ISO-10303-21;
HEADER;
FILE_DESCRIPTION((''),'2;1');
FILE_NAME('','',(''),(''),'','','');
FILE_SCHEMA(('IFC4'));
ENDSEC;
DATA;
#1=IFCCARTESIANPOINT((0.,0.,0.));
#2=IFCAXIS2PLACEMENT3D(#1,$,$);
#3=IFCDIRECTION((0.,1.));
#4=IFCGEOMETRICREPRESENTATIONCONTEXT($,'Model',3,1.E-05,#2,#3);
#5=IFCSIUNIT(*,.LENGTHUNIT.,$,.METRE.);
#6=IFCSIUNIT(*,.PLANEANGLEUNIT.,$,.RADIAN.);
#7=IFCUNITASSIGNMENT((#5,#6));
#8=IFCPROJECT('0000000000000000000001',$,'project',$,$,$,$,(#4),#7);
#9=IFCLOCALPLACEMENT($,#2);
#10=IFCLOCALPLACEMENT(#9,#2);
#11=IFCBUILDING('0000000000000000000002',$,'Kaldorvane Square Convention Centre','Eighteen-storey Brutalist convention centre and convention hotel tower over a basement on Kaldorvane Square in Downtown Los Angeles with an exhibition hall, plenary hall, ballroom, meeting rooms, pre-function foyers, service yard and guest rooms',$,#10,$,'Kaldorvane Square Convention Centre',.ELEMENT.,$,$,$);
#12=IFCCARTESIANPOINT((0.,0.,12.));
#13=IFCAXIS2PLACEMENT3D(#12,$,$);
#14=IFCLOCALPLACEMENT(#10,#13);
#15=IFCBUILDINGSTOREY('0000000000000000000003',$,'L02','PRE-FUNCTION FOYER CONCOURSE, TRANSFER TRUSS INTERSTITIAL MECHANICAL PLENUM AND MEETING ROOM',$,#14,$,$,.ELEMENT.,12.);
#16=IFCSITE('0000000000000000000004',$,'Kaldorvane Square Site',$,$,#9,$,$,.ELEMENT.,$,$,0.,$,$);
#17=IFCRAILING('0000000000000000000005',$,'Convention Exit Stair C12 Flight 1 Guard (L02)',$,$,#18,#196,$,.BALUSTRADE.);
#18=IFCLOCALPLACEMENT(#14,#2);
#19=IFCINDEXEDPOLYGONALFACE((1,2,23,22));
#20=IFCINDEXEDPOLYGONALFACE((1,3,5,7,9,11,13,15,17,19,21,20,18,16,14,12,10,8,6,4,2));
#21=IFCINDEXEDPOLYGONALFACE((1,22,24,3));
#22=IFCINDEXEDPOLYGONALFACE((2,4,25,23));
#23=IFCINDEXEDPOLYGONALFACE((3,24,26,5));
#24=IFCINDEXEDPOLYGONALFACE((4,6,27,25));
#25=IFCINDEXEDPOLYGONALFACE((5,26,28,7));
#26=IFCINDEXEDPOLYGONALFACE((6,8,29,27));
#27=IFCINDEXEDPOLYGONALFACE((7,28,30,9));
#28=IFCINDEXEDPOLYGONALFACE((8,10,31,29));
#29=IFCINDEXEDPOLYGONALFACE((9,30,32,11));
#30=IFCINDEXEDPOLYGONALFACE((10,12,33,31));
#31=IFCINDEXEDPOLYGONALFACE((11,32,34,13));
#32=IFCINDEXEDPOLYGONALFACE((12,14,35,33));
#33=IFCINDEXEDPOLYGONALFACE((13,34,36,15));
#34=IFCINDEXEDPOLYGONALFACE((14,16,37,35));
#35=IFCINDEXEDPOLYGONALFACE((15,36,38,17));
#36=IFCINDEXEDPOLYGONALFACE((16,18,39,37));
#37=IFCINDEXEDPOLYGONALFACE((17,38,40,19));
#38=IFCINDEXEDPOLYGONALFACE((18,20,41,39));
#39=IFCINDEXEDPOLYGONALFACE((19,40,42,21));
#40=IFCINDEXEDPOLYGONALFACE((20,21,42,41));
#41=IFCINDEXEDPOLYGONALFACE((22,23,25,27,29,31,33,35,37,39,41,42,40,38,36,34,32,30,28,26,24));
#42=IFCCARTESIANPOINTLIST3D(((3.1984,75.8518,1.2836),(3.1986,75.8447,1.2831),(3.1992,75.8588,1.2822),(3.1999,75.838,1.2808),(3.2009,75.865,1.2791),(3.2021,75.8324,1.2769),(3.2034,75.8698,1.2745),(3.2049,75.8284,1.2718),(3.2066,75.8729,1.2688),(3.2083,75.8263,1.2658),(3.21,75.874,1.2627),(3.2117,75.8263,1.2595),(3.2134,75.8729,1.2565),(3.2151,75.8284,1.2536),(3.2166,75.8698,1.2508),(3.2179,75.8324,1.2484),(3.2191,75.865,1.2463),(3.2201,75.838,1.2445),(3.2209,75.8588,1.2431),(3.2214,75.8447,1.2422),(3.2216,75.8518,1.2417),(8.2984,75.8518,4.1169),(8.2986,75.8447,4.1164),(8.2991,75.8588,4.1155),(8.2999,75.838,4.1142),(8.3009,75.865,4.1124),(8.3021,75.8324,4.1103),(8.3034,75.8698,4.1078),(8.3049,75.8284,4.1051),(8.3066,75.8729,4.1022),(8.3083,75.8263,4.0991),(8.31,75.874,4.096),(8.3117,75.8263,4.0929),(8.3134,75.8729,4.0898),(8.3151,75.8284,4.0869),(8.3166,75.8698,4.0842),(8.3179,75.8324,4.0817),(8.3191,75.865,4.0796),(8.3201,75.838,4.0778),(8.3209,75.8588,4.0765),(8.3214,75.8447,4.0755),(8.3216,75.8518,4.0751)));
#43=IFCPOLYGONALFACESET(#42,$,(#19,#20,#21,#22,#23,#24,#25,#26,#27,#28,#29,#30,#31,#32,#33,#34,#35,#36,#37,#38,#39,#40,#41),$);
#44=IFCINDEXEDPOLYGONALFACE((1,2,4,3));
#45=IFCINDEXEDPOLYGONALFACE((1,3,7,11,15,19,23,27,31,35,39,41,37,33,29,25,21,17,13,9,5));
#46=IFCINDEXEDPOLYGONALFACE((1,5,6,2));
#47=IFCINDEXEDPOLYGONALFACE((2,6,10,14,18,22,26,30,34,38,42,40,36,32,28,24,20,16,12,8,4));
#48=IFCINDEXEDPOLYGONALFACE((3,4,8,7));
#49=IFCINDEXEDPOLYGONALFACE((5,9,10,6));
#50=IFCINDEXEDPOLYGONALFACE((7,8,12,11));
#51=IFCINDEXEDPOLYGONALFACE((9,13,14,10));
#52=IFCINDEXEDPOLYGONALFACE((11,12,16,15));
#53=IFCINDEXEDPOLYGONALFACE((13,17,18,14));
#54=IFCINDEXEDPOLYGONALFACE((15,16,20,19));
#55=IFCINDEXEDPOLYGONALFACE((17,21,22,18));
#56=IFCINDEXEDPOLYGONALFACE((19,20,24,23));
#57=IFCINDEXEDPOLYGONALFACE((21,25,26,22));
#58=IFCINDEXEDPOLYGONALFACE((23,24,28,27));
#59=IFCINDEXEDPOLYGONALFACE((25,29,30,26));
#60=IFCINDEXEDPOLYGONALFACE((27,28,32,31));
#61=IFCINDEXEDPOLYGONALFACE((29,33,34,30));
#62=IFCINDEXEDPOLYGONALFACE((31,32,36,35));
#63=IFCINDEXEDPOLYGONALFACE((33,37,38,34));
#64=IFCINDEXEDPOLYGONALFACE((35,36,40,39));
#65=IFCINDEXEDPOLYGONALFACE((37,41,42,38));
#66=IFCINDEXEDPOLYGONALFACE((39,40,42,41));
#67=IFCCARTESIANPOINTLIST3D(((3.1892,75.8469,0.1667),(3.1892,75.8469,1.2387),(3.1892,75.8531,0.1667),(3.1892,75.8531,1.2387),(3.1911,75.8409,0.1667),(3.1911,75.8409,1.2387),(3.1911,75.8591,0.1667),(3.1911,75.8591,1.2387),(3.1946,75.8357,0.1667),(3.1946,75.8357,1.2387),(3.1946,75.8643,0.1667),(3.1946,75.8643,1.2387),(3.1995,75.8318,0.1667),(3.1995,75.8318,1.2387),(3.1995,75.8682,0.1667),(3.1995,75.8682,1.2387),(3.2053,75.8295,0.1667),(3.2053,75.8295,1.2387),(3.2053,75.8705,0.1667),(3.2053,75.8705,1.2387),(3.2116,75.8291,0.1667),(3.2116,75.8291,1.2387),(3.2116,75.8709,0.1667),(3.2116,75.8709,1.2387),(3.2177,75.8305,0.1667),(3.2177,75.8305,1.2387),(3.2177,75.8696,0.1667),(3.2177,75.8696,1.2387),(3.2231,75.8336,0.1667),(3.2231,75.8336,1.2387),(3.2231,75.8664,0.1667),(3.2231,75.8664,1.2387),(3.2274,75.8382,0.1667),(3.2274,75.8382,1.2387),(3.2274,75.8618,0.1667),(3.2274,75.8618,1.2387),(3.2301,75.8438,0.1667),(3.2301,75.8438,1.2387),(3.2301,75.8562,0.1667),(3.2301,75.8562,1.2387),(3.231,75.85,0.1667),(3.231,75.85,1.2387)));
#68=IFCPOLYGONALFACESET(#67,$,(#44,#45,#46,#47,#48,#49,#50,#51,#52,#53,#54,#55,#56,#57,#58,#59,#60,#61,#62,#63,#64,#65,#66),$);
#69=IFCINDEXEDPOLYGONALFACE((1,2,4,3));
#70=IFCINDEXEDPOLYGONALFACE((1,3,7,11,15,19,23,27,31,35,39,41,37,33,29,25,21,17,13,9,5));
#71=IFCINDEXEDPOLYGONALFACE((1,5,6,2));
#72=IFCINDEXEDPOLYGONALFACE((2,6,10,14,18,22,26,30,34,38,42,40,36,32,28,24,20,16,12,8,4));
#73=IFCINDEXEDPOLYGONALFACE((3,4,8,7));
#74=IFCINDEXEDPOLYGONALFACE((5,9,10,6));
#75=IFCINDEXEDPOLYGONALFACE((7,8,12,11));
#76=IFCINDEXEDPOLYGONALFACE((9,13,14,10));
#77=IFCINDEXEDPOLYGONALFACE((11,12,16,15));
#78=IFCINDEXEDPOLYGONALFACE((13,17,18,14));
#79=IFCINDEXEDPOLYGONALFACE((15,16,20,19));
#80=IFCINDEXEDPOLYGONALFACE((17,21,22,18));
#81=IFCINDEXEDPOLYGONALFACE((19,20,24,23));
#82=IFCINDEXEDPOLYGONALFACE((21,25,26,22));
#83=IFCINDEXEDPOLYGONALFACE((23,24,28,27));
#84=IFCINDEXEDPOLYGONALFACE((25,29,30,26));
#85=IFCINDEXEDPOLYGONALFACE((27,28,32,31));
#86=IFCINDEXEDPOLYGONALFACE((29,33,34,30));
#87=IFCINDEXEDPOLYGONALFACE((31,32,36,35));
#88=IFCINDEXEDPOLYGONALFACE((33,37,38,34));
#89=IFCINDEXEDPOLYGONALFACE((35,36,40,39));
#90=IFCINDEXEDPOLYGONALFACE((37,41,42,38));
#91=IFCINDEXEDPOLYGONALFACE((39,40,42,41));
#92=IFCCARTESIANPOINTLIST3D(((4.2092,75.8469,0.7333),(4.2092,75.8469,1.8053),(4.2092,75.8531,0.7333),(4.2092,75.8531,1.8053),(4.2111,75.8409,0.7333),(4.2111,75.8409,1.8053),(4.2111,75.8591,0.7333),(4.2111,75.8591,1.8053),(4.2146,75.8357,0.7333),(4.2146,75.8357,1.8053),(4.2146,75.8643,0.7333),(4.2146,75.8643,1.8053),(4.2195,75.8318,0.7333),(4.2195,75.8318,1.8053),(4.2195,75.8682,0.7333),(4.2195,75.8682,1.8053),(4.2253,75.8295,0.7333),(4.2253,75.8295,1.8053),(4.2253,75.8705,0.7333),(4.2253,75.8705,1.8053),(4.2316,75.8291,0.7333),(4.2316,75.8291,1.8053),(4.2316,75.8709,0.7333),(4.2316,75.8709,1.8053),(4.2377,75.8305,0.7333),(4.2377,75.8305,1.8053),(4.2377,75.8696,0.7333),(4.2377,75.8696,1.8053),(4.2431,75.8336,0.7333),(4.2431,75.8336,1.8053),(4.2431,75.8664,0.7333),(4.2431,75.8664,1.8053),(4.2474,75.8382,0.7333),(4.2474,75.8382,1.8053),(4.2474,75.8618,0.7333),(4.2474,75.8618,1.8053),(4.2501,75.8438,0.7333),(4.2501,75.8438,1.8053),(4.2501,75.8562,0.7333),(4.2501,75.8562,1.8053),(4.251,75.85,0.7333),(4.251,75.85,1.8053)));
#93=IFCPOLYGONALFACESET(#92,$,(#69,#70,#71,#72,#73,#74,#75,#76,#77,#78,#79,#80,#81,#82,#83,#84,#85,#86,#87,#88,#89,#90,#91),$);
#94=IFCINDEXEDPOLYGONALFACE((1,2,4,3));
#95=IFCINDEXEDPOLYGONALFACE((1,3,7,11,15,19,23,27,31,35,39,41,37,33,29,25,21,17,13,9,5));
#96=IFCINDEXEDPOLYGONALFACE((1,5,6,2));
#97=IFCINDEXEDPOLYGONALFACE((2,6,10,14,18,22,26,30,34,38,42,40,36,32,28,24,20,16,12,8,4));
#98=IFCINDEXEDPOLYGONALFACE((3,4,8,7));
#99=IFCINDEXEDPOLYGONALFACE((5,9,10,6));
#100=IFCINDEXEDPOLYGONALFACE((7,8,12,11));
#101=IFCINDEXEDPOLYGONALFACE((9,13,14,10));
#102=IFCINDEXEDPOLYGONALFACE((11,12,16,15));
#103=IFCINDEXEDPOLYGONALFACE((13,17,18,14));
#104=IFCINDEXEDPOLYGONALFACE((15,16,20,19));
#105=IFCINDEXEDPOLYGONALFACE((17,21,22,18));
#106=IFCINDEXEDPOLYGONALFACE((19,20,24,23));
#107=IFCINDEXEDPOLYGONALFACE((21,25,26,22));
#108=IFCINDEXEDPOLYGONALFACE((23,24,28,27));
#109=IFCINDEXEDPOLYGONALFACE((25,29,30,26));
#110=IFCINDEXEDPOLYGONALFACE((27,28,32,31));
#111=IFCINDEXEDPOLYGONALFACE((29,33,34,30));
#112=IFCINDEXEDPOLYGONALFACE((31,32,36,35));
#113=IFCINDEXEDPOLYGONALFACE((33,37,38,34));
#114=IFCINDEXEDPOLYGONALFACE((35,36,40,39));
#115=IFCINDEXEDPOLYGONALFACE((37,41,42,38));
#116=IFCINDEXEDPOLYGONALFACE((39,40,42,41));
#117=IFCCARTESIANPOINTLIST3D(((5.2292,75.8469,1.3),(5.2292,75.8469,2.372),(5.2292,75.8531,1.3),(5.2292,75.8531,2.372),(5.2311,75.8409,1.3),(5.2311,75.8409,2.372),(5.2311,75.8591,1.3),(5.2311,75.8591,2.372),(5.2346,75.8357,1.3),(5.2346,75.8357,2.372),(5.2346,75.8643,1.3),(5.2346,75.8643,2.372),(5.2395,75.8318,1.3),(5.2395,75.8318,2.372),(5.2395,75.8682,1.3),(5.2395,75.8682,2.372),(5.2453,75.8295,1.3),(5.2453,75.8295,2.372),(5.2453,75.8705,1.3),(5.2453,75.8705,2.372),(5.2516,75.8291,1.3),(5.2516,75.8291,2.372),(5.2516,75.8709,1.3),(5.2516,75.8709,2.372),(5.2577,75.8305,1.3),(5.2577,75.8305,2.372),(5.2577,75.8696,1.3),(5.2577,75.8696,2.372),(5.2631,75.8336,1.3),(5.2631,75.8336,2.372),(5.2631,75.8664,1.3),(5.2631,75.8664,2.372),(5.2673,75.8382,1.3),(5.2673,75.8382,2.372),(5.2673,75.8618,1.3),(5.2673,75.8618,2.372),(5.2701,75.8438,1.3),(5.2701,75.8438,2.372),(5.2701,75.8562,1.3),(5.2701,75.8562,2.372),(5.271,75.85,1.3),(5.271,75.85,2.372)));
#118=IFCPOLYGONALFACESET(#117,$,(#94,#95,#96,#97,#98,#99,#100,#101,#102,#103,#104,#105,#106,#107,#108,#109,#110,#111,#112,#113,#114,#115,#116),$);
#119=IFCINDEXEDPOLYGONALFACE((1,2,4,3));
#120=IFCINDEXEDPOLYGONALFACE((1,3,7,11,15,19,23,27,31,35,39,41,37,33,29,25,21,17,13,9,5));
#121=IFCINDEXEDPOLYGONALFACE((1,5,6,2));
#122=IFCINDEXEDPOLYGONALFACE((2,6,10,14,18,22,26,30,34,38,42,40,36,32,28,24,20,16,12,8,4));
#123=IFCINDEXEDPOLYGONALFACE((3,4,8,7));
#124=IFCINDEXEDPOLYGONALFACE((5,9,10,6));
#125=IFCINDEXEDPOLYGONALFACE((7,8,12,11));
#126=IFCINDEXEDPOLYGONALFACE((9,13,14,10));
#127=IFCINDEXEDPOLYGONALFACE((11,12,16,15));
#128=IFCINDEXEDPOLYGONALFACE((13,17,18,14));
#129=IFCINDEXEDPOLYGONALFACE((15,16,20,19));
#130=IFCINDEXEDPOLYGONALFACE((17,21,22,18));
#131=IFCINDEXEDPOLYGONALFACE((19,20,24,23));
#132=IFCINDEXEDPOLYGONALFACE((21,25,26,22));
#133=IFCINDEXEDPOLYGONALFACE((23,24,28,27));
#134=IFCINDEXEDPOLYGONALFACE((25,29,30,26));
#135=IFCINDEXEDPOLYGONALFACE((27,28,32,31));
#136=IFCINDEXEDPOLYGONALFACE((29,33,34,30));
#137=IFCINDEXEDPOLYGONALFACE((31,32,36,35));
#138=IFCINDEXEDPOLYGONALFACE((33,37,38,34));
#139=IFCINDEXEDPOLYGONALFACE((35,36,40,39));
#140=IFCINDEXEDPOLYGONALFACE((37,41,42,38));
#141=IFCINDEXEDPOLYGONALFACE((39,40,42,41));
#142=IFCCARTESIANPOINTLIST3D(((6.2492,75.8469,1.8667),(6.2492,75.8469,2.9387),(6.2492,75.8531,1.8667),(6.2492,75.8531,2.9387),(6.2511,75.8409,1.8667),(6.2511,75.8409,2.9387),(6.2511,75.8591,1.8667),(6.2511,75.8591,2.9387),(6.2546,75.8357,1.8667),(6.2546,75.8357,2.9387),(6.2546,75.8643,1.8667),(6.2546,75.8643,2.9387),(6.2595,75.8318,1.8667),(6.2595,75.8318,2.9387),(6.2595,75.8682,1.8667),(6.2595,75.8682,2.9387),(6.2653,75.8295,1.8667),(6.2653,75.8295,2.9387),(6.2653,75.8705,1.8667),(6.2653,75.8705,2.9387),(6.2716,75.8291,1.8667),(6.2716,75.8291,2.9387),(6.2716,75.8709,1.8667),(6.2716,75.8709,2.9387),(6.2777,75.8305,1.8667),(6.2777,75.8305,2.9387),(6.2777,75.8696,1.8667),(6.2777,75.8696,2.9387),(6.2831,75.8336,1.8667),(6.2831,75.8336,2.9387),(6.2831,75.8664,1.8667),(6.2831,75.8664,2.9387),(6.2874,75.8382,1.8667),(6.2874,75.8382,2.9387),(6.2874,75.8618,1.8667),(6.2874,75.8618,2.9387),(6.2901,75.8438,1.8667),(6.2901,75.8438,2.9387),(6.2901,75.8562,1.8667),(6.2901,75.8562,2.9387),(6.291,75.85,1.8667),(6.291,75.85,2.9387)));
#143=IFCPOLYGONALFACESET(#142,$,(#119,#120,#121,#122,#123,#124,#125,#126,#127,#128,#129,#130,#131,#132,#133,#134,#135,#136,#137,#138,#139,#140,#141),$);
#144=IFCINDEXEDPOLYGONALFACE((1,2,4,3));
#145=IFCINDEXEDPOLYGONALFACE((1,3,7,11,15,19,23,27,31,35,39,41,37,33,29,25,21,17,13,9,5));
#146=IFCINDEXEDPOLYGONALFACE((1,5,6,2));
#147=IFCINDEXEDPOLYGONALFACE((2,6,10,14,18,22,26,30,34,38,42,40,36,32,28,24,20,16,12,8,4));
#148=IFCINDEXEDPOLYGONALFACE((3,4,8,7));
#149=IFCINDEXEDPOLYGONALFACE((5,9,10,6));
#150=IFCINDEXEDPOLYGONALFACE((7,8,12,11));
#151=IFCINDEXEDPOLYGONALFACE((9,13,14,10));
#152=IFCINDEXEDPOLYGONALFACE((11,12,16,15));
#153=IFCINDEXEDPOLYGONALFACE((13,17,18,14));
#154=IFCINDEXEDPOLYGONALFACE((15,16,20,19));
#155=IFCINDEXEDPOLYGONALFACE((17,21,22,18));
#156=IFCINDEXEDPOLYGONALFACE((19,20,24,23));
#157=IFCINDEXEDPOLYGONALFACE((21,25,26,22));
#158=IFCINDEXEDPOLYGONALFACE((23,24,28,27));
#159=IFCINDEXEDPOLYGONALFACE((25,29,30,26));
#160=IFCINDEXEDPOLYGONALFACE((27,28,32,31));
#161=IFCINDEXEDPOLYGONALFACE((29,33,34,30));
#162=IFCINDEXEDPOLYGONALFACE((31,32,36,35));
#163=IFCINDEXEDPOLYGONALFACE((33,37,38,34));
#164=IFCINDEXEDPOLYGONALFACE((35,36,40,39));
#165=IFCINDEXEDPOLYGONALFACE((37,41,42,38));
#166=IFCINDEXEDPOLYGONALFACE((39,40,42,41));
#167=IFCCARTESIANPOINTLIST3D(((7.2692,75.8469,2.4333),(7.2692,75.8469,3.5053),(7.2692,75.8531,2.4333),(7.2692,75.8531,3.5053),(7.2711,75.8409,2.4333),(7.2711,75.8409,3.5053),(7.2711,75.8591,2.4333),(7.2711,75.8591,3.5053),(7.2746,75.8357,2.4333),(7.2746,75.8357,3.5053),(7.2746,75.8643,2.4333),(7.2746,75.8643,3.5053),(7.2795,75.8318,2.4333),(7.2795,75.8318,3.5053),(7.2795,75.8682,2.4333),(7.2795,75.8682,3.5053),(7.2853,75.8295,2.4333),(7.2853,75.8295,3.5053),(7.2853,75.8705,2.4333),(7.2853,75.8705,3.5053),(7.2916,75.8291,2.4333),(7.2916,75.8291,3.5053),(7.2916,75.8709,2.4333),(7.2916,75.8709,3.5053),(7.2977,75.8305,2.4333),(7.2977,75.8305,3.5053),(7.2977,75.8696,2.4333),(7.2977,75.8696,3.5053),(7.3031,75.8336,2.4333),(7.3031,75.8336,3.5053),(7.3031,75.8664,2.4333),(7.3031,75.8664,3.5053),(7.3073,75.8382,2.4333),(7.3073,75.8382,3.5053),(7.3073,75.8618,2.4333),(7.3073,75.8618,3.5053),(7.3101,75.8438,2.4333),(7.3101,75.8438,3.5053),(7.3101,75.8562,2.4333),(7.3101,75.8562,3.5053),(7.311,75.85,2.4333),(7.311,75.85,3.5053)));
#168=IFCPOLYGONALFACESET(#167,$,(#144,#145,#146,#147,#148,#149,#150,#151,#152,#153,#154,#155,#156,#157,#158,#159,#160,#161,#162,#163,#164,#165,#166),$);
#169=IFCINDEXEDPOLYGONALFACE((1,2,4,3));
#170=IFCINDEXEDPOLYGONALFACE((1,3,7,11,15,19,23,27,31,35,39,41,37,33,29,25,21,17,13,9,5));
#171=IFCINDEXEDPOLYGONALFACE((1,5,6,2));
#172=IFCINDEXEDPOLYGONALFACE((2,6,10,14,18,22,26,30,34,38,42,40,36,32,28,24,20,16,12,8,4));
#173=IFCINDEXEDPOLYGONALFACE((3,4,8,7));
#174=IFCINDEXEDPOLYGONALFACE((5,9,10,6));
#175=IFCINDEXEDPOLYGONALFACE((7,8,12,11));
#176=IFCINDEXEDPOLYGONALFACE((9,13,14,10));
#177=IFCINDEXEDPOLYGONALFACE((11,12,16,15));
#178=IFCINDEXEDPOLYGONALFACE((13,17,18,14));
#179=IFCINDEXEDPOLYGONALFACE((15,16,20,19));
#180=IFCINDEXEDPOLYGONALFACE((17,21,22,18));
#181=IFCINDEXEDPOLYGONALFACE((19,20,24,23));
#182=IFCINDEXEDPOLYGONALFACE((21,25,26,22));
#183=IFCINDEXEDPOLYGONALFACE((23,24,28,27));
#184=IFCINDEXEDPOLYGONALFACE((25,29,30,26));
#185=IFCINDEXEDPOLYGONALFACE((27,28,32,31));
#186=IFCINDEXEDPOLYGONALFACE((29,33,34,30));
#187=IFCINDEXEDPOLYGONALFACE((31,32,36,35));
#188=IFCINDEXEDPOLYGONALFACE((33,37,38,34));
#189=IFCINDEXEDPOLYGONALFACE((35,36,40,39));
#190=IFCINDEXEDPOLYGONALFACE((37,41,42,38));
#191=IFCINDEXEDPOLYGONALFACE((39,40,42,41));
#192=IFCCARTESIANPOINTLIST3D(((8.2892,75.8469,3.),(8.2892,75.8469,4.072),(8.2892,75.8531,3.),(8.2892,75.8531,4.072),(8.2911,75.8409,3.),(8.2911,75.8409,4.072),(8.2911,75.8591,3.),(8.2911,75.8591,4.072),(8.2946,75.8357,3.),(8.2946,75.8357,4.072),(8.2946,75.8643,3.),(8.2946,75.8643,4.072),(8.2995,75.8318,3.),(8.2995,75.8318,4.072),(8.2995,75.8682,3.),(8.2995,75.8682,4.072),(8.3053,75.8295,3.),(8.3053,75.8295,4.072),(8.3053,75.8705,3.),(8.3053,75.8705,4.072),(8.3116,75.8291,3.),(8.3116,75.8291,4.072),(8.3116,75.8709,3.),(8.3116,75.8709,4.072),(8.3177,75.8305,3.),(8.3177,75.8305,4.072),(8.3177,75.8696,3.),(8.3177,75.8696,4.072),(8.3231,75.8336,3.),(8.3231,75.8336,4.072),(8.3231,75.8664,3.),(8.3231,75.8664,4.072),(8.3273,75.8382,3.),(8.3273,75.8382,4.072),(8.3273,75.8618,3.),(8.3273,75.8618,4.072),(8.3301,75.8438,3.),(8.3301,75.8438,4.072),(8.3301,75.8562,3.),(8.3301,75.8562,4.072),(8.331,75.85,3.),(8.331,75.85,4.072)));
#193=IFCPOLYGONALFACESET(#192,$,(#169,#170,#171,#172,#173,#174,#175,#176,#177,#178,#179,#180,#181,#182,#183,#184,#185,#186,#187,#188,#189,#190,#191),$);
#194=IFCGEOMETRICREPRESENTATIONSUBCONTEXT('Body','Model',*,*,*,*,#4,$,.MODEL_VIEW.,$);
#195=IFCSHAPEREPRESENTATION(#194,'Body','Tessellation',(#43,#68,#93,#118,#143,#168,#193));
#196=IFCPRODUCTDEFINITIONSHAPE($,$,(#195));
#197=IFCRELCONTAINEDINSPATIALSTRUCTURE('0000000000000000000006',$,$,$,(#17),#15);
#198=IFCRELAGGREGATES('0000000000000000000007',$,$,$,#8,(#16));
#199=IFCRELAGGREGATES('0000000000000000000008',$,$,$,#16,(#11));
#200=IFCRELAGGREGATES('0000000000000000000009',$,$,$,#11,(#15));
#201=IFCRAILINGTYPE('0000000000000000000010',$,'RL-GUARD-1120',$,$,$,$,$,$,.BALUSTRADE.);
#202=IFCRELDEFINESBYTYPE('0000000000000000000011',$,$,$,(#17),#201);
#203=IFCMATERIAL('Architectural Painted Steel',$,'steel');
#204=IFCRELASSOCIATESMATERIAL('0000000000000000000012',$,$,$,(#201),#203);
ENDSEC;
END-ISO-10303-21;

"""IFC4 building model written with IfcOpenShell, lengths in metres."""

from ifc_helpers import new_model, si_unit, direction, frame, origin, origin_2d, place, context, subcontext, project, spatial, circle, extrude, material, type_object, element, save


model = new_model("IFC4")

# Units and contexts
model_context = context("Model", 3, precision=1e-05, world=origin(), true_north=direction((0.0, 1.0)))
body_context = subcontext(model_context, "Body", "Model", "MODEL_VIEW")
ifc_project = project(units=[si_unit("LENGTHUNIT", "METRE"), si_unit("PLANEANGLEUNIT", "RADIAN")], contexts=[model_context])

# Site, building, storey
site_placement = place(None, origin())
site = spatial("IfcSite", under=ifc_project, at=site_placement, Name="Kaldorvane Square Site", CompositionType="ELEMENT", RefElevation=0.0)
building_placement = place(site_placement, origin())
building = spatial("IfcBuilding", under=site, at=building_placement, Name="Kaldorvane Square Convention Centre", Description="Eighteen-storey Brutalist convention centre and convention hotel tower over a basement on Kaldorvane Square in Downtown Los Angeles with an exhibition hall, plenary hall, ballroom, meeting rooms, pre-function foyers, service yard and guest rooms", LongName="Kaldorvane Square Convention Centre", CompositionType="ELEMENT")
storey_placement = place(building_placement, frame((0.0, 0.0, 12.0)))
storey = spatial("IfcBuildingStorey", under=building, at=storey_placement, Name="L02", Description="PRE-FUNCTION FOYER CONCOURSE, TRANSFER TRUSS INTERSTITIAL MECHANICAL PLENUM AND MEETING ROOM", CompositionType="ELEMENT", Elevation=12.0)

# Railing
ifc_material_1 = material(Name="Architectural Painted Steel", Category="steel")
railing_type_1 = type_object("IfcRailingType", Name="RL-GUARD-1120", PredefinedType="BALUSTRADE", material=ifc_material_1)
railing_1_placement = place(storey_placement, frame((3.21, 75.85, 0.1667)))
element("IfcRailing", 1, at=railing_1_placement, inside=storey, type_object=railing_type_1, Name="Convention Exit Stair C12 Flight 1 Guard (L02)", PredefinedType="BALUSTRADE", context=body_context, shape_type="SweptSolid", body=[
    extrude(circle(Radius=0.024, at=origin_2d()), frame((0.0, 0.0, 1.096), z_axis=(0.874157, 0.0, 0.485643), x_axis=(0.0, 1.0, 0.0)), (0.0, 0.0, 1.0), 5.8342),
    extrude(circle(Radius=0.021, at=origin_2d()), origin(), (0.0, 0.0, 1.0), 1.072),
    extrude(circle(Radius=0.021, at=origin_2d()), frame((1.02, 0.0, 0.5667)), (0.0, 0.0, 1.0), 1.072),
    extrude(circle(Radius=0.021, at=origin_2d()), frame((2.04, 0.0, 1.1333)), (0.0, 0.0, 1.0), 1.072),
    extrude(circle(Radius=0.021, at=origin_2d()), frame((3.06, 0.0, 1.7)), (0.0, 0.0, 1.0), 1.072),
    extrude(circle(Radius=0.021, at=origin_2d()), frame((4.08, 0.0, 2.2667)), (0.0, 0.0, 1.0), 1.072),
    extrude(circle(Radius=0.021, at=origin_2d()), frame((5.1, 0.0, 2.8333)), (0.0, 0.0, 1.0), 1.072),
])

save(model, "model.ifc")
